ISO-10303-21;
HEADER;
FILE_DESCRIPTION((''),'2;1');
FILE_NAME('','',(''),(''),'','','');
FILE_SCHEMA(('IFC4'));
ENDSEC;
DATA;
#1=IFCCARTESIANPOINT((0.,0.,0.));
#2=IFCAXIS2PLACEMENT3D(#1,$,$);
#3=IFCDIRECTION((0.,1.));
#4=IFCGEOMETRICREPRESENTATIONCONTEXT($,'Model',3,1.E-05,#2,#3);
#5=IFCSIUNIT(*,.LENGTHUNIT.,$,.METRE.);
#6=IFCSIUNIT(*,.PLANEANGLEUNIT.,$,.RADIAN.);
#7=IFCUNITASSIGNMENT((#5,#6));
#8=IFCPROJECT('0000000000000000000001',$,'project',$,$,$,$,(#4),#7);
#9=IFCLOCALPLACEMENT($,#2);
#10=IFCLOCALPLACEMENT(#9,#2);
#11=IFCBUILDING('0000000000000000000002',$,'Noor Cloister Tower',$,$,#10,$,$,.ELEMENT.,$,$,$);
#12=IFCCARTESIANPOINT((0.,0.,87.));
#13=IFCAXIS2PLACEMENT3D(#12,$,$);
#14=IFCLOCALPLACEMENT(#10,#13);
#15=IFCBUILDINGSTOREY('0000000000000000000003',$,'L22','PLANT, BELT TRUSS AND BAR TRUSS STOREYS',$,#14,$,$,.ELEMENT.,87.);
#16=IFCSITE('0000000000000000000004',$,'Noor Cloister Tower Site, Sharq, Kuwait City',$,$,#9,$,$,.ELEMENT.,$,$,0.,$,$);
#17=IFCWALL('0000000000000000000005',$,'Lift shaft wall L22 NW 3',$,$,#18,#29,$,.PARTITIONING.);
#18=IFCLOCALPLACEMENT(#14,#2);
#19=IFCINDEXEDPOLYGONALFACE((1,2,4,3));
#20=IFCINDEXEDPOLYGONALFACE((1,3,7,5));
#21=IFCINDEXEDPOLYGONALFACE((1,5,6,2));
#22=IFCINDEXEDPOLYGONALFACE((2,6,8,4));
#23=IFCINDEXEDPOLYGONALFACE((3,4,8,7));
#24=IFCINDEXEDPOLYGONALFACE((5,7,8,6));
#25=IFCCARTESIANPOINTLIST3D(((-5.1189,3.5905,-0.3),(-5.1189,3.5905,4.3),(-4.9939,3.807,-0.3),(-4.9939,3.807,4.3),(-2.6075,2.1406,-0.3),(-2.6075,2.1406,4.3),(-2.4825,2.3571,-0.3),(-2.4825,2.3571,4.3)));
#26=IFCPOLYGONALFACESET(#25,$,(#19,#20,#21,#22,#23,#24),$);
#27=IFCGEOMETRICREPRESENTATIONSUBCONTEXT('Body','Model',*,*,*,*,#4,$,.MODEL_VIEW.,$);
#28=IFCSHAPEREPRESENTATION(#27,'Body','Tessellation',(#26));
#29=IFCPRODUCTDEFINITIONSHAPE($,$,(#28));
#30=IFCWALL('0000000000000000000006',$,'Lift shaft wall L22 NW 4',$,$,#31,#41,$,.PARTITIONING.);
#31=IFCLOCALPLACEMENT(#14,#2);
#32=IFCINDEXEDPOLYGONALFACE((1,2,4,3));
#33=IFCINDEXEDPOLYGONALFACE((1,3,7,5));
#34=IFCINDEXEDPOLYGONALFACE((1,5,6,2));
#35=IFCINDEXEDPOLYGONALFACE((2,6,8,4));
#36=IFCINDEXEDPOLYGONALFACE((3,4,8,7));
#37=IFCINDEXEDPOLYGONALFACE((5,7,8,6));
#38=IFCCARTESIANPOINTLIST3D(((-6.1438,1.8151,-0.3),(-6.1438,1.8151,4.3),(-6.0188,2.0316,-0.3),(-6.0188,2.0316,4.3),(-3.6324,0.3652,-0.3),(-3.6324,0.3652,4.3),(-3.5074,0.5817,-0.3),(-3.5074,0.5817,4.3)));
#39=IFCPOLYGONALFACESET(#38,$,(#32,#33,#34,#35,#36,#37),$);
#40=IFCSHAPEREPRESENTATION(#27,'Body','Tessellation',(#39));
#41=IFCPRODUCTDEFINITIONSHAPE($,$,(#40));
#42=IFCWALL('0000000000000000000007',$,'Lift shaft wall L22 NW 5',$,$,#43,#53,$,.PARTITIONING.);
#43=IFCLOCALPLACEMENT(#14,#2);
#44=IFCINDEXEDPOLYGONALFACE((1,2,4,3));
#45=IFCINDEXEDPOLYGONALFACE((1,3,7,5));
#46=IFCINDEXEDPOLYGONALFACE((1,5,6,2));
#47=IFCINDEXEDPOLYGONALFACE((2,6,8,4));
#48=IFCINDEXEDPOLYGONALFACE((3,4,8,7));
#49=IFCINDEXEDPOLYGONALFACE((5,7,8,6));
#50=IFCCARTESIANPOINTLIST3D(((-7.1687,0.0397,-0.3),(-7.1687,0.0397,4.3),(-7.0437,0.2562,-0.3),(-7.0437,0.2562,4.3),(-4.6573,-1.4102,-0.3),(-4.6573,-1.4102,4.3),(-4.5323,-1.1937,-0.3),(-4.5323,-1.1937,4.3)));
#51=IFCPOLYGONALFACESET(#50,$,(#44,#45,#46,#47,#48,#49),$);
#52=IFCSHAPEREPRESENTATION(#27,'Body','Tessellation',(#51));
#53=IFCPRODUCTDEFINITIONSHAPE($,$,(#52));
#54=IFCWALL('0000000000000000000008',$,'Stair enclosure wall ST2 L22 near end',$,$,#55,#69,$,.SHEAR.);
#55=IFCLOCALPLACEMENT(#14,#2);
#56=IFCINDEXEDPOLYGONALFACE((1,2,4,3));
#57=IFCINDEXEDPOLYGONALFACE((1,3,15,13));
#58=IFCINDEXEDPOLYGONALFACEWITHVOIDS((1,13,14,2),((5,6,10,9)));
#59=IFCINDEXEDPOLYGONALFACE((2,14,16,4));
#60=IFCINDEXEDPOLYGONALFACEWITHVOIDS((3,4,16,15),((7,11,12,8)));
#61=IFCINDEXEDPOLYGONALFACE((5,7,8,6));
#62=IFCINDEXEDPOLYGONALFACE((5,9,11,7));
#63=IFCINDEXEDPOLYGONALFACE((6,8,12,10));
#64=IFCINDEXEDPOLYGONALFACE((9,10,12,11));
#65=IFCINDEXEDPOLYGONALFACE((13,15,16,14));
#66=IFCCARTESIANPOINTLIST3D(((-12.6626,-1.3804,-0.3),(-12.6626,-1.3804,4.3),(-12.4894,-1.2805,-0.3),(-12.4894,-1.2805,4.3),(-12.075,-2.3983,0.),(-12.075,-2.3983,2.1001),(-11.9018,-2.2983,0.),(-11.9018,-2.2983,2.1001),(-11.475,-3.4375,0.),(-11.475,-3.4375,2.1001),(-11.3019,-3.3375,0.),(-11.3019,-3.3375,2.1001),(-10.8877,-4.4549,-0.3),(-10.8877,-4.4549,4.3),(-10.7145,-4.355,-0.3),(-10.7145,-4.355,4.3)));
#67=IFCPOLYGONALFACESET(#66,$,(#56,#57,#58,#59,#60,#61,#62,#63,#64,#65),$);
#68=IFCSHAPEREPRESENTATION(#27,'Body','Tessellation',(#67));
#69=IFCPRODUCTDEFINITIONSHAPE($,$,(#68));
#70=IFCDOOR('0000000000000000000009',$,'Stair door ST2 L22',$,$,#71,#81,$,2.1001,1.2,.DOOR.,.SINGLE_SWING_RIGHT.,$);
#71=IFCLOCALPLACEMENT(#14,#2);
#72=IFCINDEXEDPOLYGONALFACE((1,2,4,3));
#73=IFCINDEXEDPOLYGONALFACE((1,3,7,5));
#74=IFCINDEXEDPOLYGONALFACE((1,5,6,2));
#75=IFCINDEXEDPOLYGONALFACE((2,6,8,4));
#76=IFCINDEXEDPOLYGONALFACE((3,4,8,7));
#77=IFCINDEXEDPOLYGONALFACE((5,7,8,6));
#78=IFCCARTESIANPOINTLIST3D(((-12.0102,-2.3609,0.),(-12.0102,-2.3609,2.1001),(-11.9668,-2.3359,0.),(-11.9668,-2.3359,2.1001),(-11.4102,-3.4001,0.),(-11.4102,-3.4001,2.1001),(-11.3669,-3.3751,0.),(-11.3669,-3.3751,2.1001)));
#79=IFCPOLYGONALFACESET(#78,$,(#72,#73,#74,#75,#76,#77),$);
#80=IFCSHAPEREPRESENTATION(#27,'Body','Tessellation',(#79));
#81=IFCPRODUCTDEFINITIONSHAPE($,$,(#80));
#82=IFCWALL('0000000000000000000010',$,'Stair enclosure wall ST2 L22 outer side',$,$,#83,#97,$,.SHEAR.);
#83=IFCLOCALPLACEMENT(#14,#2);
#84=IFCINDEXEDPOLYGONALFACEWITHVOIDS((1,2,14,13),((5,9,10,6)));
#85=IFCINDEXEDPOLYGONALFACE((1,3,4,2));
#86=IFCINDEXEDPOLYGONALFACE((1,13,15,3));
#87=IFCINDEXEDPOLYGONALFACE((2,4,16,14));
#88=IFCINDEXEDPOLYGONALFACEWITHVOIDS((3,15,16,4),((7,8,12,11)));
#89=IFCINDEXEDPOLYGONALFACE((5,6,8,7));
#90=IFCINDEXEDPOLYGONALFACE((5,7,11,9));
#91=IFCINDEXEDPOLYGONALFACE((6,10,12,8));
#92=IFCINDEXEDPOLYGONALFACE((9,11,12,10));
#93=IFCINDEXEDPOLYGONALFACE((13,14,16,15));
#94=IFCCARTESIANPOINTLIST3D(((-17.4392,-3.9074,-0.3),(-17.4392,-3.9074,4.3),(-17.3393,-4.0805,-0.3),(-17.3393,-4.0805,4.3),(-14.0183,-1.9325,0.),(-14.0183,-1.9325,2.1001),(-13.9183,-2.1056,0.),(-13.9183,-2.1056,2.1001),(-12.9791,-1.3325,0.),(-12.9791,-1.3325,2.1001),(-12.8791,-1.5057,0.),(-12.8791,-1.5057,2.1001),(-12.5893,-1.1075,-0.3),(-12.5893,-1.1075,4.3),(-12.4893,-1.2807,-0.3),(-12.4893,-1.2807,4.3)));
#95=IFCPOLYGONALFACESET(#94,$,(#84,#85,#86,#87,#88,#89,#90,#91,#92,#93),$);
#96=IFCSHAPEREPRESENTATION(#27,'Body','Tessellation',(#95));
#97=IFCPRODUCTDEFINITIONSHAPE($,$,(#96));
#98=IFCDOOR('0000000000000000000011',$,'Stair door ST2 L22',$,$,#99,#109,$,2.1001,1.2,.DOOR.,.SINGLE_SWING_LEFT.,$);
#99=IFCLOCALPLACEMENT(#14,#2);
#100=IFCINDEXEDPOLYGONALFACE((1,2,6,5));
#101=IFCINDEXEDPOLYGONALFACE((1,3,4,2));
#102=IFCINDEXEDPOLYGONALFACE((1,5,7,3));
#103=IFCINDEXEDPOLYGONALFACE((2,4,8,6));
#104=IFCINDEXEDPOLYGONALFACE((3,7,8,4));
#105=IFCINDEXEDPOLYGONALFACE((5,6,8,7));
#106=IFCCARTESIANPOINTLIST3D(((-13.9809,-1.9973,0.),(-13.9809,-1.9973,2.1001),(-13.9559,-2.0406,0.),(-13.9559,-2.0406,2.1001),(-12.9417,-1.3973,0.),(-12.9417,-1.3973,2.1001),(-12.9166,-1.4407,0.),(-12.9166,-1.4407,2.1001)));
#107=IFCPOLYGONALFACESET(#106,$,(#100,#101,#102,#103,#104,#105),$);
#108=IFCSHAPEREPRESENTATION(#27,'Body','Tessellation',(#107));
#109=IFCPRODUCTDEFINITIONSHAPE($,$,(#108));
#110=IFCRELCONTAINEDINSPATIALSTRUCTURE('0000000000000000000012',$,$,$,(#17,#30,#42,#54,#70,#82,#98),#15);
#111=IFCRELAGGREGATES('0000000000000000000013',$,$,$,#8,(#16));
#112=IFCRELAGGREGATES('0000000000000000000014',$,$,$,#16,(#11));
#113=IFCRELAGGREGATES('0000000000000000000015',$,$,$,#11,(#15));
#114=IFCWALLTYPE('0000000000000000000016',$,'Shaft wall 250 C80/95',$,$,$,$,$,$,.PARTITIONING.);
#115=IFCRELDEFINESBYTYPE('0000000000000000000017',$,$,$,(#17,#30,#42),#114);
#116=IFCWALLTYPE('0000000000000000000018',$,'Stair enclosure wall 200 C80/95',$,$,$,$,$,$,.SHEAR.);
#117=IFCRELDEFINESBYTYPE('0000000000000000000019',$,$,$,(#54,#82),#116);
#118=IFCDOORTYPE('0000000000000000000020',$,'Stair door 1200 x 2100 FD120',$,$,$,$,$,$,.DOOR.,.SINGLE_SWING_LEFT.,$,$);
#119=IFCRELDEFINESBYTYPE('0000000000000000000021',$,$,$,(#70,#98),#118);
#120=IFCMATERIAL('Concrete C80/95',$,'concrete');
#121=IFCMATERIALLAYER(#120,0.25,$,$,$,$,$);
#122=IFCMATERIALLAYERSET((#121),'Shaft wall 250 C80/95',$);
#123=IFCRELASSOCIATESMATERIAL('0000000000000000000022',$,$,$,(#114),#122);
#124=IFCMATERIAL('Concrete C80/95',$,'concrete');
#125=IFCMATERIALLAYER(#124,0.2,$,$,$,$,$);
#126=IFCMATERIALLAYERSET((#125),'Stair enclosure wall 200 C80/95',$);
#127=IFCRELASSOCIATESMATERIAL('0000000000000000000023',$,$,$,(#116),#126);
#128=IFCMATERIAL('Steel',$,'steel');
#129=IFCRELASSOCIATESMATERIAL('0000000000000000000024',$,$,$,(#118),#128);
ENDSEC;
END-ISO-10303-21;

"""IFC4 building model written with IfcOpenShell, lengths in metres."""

from ifc_helpers import new_model, si_unit, direction, frame, frame_2d, origin, place, context, subcontext, project, spatial, rectangle, extrude, material, layer, layer_set, type_object, element, fill, save


model = new_model("IFC4")

# Units and contexts
model_context = context("Model", 3, precision=1e-05, world=origin(), true_north=direction((0.0, 1.0)))
body_context = subcontext(model_context, "Body", "Model", "MODEL_VIEW")
ifc_project = project(units=[si_unit("LENGTHUNIT", "METRE"), si_unit("PLANEANGLEUNIT", "RADIAN")], contexts=[model_context])

# Site, building, storey
site_placement = place(None, origin())
site = spatial("IfcSite", under=ifc_project, at=site_placement, Name="Noor Cloister Tower Site, Sharq, Kuwait City", CompositionType="ELEMENT", RefElevation=0.0)
building_placement = place(site_placement, origin())
building = spatial("IfcBuilding", under=site, at=building_placement, Name="Noor Cloister Tower", CompositionType="ELEMENT")
storey_placement = place(building_placement, frame((0.0, 0.0, 87.0)))
storey = spatial("IfcBuildingStorey", under=building, at=storey_placement, Name="L22", Description="PLANT, BELT TRUSS AND BAR TRUSS STOREYS", CompositionType="ELEMENT", Elevation=87.0)

# Walls
ifc_material_1 = material(Name="Concrete C80/95", Category="concrete")
ifc_layer_1 = layer(ifc_material_1, 0.25)
ifc_layer_set_1 = layer_set([ifc_layer_1], Name="Shaft wall 250 C80/95")
wall_type_1 = type_object("IfcWallType", Name="Shaft wall 250 C80/95", PredefinedType="PARTITIONING", material=ifc_layer_set_1)
for number, where, z_axis, x_axis, name in (
    (1, (-5.0564, 3.6987, -0.3), (0.0, 0.0, 1.0), (0.866033, -0.499987, 0.0), "Lift shaft wall L22 NW 3"),
    (2, (-6.0813, 1.9233, -0.3), (0.0, 0.0, 1.0), (0.866033, -0.499987, 0.0), "Lift shaft wall L22 NW 4"),
    (3, (-7.1062, 0.1479, -0.3), (0.0, 0.0, 1.0), (0.866033, -0.499987, 0.0), "Lift shaft wall L22 NW 5"),
):
    element("IfcWall", number, at=place(storey_placement, frame(where, z_axis=z_axis, x_axis=x_axis)), inside=storey, type_object=wall_type_1, Name=name, PredefinedType="PARTITIONING", context=body_context, shape_type="SweptSolid", body=[
        extrude(rectangle(XDim=2.8999, YDim=0.25, at=frame_2d((1.45, 0.0))), origin(), (0.0, 0.0, 1.0), 4.6001),
    ])

# Walls, openings, doors
ifc_material_2 = material(Name="Concrete C80/95", Category="concrete")
ifc_layer_2 = layer(ifc_material_2, 0.2)
ifc_layer_set_2 = layer_set([ifc_layer_2], Name="Stair enclosure wall 200 C80/95")
wall_type_2 = type_object("IfcWallType", Name="Stair enclosure wall 200 C80/95", PredefinedType="SHEAR", material=ifc_layer_set_2)
wall_1_placement = place(storey_placement, frame((-12.5759, -1.3306, -0.3), z_axis=(0.0, 0.0, 1.0), x_axis=(0.49997, -0.866042, 0.0)))
wall_1 = element("IfcWall", 4, at=wall_1_placement, inside=storey, type_object=wall_type_2, Name="Stair enclosure wall ST2 L22 near end", PredefinedType="SHEAR", context=body_context, shape_type="SweptSolid", body=[
    extrude(rectangle(XDim=3.55, YDim=0.2, at=frame_2d((1.7749, 0.0))), origin(), (0.0, 0.0, 1.0), 4.6001),
])
opening_1_placement = place(wall_1_placement, frame((1.175, 0.0, 0.3)))
opening_1 = element("IfcOpeningElement", 5, at=opening_1_placement, cuts=wall_1, PredefinedType="OPENING", context=body_context, shape_type="SweptSolid", body=[
    extrude(rectangle(XDim=1.2, YDim=2.1001, at=frame_2d((0.6001, 1.05))), frame((0.0, 0.1099, 0.0), z_axis=(0.0, -1.0, 0.0), x_axis=(1.0, 0.0, 0.0)), (0.0, 0.0, 1.0), 0.22),
])
ifc_material_3 = material(Name="Steel", Category="steel")
door_type = type_object("IfcDoorType", Name="Stair door 1200 x 2100 FD120", OperationType="SINGLE_SWING_LEFT", PredefinedType="DOOR", material=ifc_material_3)
door_1_placement = place(opening_1_placement, origin())
door_1 = element("IfcDoor", 6, at=door_1_placement, inside=storey, type_object=door_type, Name="Stair door ST2 L22", OperationType="SINGLE_SWING_RIGHT", OverallHeight=2.1001, OverallWidth=1.2, PredefinedType="DOOR", context=body_context, shape_type="SweptSolid", body=[
    extrude(rectangle(XDim=1.2, YDim=2.1001, at=frame_2d((0.6001, 1.05))), frame((0.0, 0.0249, 0.0), z_axis=(0.0, -1.0, 0.0), x_axis=(1.0, 0.0, 0.0)), (0.0, 0.0, 1.0), 0.05),
])
fill(opening_1, door_1)
wall_2_placement = place(storey_placement, frame((-12.5393, -1.1941, -0.3), z_axis=(0.0, 0.0, 1.0), x_axis=(-0.866045, -0.499965, 0.0)))
wall_2 = element("IfcWall", 7, at=wall_2_placement, inside=storey, type_object=wall_type_2, Name="Stair enclosure wall ST2 L22 outer side", PredefinedType="SHEAR", context=body_context, shape_type="SweptSolid", body=[
    extrude(rectangle(XDim=5.6001, YDim=0.2, at=frame_2d((2.8, 0.0))), origin(), (0.0, 0.0, 1.0), 4.6001),
])
opening_2_placement = place(wall_2_placement, frame((0.45, 0.0, 0.3)))
opening_2 = element("IfcOpeningElement", 8, at=opening_2_placement, cuts=wall_2, PredefinedType="OPENING", context=body_context, shape_type="SweptSolid", body=[
    extrude(rectangle(XDim=1.2, YDim=2.1001, at=frame_2d((0.6001, 1.05))), frame((0.0, 0.1099, 0.0), z_axis=(0.0, -1.0, 0.0), x_axis=(1.0, 0.0, 0.0)), (0.0, 0.0, 1.0), 0.22),
])
door_2_placement = place(opening_2_placement, origin())
door_2 = element("IfcDoor", 9, at=door_2_placement, inside=storey, type_object=door_type, Name="Stair door ST2 L22", OperationType="SINGLE_SWING_LEFT", OverallHeight=2.1001, OverallWidth=1.2, PredefinedType="DOOR", context=body_context, shape_type="SweptSolid", body=[
    extrude(rectangle(XDim=1.2, YDim=2.1001, at=frame_2d((0.6001, 1.05))), frame((0.0, 0.0249, 0.0), z_axis=(0.0, -1.0, 0.0), x_axis=(1.0, 0.0, 0.0)), (0.0, 0.0, 1.0), 0.05),
])
fill(opening_2, door_2)

save(model, "model.ifc")
